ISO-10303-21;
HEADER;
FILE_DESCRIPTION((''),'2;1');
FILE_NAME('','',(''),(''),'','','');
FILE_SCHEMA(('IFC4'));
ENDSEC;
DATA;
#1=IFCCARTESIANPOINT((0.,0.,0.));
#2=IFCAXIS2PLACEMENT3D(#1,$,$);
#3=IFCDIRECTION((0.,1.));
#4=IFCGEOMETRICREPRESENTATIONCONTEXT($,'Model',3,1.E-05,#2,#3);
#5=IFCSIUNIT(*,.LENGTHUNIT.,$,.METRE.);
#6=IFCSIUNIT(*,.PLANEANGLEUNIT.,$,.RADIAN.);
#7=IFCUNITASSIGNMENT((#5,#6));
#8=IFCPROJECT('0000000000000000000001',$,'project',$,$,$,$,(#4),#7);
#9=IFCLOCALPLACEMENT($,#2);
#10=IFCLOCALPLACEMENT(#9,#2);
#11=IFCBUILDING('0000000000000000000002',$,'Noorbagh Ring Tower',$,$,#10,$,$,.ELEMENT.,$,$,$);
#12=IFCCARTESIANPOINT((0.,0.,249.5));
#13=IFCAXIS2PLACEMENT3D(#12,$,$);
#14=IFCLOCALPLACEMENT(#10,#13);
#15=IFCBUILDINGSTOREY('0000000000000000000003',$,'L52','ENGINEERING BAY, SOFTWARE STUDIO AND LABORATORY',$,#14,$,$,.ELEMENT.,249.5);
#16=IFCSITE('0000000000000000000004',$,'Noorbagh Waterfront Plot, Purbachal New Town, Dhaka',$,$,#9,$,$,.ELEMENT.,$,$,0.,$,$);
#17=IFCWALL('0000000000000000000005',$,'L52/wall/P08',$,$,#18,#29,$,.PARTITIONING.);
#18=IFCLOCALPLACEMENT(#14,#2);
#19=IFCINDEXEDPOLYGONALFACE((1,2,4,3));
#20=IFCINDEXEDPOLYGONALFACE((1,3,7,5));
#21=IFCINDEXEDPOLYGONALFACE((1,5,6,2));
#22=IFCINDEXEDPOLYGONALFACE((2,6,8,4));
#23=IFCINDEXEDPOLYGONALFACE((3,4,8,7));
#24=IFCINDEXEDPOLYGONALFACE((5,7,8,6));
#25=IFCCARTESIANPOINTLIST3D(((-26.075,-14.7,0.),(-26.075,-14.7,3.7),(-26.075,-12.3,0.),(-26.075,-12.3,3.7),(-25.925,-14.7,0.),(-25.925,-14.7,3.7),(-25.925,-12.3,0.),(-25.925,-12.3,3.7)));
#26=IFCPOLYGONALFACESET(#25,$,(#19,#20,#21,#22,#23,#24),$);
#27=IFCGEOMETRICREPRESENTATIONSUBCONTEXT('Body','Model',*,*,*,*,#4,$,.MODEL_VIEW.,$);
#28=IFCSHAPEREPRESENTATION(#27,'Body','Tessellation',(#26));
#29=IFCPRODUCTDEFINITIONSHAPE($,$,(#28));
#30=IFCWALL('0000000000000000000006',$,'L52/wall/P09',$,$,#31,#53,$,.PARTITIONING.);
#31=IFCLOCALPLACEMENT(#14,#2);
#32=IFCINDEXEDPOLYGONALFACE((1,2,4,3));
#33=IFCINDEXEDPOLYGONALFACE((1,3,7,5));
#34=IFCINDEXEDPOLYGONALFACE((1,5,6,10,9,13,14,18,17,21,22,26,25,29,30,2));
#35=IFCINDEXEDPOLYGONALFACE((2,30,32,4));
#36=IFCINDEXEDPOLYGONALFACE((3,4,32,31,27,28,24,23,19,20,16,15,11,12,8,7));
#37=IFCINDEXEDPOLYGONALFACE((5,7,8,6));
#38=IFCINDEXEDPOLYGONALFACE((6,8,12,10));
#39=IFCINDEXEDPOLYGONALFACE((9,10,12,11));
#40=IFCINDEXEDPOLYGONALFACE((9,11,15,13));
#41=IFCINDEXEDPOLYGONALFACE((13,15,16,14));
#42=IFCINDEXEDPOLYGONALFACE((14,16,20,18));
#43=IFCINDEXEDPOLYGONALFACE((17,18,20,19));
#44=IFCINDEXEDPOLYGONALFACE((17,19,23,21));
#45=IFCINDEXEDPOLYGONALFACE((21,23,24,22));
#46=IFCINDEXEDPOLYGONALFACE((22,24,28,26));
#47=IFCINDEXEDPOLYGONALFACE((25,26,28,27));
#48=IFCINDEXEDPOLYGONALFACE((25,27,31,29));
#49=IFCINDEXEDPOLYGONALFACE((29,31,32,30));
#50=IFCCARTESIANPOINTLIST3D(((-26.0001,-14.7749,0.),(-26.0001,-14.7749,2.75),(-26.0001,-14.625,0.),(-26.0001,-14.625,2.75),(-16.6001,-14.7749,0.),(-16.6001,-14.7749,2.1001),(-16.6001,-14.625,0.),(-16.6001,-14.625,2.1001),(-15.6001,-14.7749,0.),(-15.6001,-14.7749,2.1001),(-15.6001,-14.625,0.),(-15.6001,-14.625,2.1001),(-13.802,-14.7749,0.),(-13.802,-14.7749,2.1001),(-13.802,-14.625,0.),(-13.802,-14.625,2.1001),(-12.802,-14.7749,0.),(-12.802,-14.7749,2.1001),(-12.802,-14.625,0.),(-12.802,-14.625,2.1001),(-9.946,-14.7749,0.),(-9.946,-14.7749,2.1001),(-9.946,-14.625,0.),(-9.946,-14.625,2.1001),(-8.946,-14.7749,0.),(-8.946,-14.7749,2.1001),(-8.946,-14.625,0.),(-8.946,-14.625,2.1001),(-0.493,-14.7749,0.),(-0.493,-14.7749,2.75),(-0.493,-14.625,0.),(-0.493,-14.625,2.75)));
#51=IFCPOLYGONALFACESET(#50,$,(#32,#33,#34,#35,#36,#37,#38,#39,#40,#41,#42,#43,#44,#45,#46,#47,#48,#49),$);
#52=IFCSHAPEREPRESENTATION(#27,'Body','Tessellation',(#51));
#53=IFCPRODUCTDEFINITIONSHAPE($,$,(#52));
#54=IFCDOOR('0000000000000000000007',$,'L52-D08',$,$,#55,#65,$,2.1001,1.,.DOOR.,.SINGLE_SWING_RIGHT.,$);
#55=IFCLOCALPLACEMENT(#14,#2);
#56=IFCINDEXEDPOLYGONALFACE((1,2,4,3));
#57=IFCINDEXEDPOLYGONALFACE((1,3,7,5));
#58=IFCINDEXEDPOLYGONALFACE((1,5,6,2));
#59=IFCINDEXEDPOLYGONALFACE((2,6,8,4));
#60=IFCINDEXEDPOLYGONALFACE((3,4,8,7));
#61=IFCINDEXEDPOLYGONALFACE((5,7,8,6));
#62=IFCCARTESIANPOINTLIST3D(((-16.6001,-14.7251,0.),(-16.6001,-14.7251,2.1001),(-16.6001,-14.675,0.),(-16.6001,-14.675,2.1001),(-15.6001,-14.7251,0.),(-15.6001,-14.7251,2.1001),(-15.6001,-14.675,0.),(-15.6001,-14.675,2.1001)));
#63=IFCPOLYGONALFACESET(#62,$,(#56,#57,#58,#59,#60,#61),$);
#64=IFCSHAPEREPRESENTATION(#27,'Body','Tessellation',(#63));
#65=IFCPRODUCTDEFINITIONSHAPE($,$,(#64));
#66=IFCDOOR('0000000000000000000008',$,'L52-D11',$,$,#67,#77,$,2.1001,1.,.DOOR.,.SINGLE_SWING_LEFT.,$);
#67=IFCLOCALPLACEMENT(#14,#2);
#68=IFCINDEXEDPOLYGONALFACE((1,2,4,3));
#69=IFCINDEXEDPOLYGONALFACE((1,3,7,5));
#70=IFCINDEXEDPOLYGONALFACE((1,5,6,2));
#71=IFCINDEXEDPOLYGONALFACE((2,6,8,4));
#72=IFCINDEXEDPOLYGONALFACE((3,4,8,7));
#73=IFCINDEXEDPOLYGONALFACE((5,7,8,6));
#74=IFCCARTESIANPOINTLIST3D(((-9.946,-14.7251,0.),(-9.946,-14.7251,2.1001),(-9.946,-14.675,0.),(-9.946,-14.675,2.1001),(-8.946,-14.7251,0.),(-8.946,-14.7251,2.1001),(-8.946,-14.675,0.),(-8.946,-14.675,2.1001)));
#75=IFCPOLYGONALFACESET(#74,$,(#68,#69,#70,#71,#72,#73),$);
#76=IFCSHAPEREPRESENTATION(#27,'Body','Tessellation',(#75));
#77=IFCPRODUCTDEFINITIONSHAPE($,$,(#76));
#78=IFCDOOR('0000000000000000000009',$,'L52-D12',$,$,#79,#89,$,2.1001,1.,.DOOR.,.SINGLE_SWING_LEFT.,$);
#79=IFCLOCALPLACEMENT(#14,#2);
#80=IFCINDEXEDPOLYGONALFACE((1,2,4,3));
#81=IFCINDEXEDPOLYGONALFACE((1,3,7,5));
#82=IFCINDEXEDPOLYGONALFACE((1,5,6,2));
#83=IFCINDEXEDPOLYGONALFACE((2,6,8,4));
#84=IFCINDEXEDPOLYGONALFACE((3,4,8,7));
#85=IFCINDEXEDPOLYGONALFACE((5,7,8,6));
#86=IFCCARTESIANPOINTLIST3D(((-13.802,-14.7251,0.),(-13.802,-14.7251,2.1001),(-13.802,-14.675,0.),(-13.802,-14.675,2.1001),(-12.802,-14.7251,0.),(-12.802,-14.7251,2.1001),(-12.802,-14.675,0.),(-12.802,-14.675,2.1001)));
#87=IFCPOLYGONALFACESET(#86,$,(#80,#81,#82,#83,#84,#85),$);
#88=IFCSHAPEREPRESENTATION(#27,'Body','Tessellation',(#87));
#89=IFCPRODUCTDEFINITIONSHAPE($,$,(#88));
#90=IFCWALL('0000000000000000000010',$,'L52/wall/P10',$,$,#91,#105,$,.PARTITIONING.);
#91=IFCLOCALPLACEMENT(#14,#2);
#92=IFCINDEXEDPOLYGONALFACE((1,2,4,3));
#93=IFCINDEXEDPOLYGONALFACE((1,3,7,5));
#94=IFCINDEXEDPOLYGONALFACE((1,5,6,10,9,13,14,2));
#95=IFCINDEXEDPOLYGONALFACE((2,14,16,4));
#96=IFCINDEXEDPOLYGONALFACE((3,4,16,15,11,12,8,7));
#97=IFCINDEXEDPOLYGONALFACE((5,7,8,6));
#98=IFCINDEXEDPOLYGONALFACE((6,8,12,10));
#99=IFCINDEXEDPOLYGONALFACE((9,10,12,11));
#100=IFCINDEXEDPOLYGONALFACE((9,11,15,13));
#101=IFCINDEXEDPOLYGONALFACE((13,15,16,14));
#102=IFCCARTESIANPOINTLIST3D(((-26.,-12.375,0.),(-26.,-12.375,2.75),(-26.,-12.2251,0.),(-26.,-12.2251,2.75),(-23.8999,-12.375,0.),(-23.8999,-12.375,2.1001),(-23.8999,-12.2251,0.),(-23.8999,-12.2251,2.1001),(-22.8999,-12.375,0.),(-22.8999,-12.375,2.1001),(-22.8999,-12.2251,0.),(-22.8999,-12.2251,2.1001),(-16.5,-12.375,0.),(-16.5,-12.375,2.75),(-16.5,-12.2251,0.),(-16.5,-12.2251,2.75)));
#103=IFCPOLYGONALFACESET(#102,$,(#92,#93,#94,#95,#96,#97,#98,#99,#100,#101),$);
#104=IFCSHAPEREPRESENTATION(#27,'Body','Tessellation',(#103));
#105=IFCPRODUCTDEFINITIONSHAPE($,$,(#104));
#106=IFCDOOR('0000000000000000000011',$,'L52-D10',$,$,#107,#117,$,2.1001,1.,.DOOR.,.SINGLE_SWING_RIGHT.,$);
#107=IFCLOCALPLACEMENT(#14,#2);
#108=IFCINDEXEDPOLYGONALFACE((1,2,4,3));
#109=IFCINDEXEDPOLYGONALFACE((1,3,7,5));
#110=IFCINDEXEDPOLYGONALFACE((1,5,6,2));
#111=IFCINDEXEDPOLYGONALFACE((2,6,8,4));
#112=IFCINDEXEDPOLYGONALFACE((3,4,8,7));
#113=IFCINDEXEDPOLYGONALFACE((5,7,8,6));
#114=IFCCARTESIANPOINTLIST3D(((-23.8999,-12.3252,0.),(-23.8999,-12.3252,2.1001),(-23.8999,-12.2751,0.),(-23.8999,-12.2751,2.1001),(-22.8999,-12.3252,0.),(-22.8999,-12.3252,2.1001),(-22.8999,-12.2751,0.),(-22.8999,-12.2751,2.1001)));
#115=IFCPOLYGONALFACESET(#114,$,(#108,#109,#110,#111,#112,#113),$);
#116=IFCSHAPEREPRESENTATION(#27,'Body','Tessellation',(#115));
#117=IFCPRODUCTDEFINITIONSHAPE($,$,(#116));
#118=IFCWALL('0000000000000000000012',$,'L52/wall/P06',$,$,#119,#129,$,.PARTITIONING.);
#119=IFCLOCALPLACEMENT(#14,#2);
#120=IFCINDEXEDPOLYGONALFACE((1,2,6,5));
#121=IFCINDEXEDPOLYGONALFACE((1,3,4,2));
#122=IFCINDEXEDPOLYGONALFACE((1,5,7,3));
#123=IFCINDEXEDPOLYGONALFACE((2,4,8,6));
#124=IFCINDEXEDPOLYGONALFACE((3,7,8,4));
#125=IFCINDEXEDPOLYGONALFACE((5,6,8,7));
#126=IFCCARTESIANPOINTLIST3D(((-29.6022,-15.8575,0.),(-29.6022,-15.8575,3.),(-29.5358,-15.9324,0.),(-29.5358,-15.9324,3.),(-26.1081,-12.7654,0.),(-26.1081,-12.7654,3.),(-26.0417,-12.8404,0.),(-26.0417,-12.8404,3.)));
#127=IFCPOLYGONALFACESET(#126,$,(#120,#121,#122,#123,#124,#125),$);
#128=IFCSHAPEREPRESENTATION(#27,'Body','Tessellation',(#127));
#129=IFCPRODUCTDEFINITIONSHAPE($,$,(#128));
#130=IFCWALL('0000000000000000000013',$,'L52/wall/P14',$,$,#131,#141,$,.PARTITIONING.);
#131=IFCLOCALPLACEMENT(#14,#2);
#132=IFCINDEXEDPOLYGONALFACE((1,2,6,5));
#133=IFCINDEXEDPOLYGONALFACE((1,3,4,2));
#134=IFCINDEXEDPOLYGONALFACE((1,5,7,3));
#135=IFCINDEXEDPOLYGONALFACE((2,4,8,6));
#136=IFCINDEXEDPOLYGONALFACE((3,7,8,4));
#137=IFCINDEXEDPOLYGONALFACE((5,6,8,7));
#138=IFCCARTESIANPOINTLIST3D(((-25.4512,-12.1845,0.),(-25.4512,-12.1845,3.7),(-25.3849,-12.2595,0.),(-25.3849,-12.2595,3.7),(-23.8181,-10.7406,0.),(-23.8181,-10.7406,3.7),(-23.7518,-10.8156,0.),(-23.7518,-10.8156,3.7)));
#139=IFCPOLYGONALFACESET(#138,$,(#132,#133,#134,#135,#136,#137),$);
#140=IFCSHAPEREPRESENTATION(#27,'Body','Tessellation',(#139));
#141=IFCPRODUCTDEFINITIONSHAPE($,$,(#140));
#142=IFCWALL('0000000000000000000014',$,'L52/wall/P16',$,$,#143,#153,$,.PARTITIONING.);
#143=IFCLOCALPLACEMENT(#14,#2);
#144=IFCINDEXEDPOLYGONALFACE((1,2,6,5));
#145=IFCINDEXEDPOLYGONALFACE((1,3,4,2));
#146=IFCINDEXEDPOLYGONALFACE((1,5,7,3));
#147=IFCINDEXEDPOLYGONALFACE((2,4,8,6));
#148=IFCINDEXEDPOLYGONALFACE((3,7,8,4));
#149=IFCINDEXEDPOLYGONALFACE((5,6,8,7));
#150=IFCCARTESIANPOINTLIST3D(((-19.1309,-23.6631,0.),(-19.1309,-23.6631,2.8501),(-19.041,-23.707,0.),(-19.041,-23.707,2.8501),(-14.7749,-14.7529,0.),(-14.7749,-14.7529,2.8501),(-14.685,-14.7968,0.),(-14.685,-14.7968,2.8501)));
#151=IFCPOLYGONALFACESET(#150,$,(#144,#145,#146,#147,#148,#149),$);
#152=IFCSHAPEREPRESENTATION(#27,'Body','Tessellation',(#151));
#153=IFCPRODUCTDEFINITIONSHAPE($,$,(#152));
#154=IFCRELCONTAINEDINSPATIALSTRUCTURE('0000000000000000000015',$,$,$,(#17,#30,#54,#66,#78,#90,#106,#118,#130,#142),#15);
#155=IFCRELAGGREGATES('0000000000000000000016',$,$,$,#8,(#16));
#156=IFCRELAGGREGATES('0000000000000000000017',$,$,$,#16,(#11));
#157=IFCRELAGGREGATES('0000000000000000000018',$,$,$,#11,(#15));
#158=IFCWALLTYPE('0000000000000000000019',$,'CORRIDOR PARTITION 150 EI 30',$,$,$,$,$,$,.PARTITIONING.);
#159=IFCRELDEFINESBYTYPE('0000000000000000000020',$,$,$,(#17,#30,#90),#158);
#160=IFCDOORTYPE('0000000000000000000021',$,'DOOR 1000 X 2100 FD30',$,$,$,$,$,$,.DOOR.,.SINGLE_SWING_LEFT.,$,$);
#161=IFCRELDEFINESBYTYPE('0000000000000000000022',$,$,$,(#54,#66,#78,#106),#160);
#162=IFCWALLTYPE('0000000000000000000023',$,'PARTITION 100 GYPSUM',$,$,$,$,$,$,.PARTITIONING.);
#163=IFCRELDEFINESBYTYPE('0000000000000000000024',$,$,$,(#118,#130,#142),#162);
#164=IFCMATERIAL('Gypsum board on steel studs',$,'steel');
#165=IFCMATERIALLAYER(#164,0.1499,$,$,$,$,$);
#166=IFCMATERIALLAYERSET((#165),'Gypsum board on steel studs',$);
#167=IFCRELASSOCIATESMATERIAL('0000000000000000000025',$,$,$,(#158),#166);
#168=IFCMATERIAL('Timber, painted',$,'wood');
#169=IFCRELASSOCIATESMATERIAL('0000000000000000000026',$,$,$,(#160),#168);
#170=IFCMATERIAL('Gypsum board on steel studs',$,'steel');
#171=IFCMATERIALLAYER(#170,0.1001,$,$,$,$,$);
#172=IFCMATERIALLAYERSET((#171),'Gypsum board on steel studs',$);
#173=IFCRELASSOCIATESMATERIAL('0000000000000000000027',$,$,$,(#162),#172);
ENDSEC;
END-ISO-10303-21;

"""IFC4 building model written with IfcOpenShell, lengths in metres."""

from ifc_helpers import new_model, si_unit, direction, frame, frame_2d, origin, place, context, subcontext, project, spatial, rectangle, extrude, material, layer, layer_set, type_object, element, fill, save


model = new_model("IFC4")

# Units and contexts
model_context = context("Model", 3, precision=1e-05, world=origin(), true_north=direction((0.0, 1.0)))
body_context = subcontext(model_context, "Body", "Model", "MODEL_VIEW")
ifc_project = project(units=[si_unit("LENGTHUNIT", "METRE"), si_unit("PLANEANGLEUNIT", "RADIAN")], contexts=[model_context])

# Site, building, storey
site_placement = place(None, origin())
site = spatial("IfcSite", under=ifc_project, at=site_placement, Name="Noorbagh Waterfront Plot, Purbachal New Town, Dhaka", CompositionType="ELEMENT", RefElevation=0.0)
building_placement = place(site_placement, origin())
building = spatial("IfcBuilding", under=site, at=building_placement, Name="Noorbagh Ring Tower", CompositionType="ELEMENT")
storey_placement = place(building_placement, frame((0.0, 0.0, 249.5)))
storey = spatial("IfcBuildingStorey", under=building, at=storey_placement, Name="L52", Description="ENGINEERING BAY, SOFTWARE STUDIO AND LABORATORY", CompositionType="ELEMENT", Elevation=249.5)

# Wall
ifc_material_1 = material(Name="Gypsum board on steel studs", Category="steel")
ifc_layer_1 = layer(ifc_material_1, 0.1499)
ifc_layer_set_1 = layer_set([ifc_layer_1], Name="Gypsum board on steel studs")
wall_type_1 = type_object("IfcWallType", Name="CORRIDOR PARTITION 150 EI 30", PredefinedType="PARTITIONING", material=ifc_layer_set_1)
wall_1_placement = place(storey_placement, frame((-26.0, -14.7, 0.0), z_axis=(0.0, 0.0, 1.0), x_axis=(0.0, 1.0, 0.0)))
element("IfcWall", 1, at=wall_1_placement, inside=storey, type_object=wall_type_1, Name="L52/wall/P08", PredefinedType="PARTITIONING", context=body_context, shape_type="SweptSolid", body=[
    extrude(rectangle(XDim=2.3999, YDim=0.1499, at=frame_2d((1.2, 0.0))), origin(), (0.0, 0.0, 1.0), 3.7),
])

# Wall, openings, doors
wall_2_placement = place(storey_placement, frame((-26.0, -14.7, 0.0), z_axis=(0.0, 0.0, 1.0), x_axis=(1.0, 0.0, 0.0)))
wall_2 = element("IfcWall", 2, at=wall_2_placement, inside=storey, type_object=wall_type_1, Name="L52/wall/P09", PredefinedType="PARTITIONING", context=body_context, shape_type="SweptSolid", body=[
    extrude(rectangle(XDim=25.5071, YDim=0.1499, at=frame_2d((12.7534, 0.0))), origin(), (0.0, 0.0, 1.0), 2.75),
])
opening_1_placement = place(wall_2_placement, frame((9.3999, 0.0, 0.0)))
opening_1 = element("IfcOpeningElement", 3, at=opening_1_placement, cuts=wall_2, PredefinedType="OPENING", context=body_context, shape_type="SweptSolid", body=[
    extrude(rectangle(XDim=1.0, YDim=2.1001, at=frame_2d((0.5, 1.05))), frame((0.0, 0.085, 0.0), z_axis=(0.0, -1.0, 0.0), x_axis=(1.0, 0.0, 0.0)), (0.0, 0.0, 1.0), 0.1699),
])
opening_2_placement = place(wall_2_placement, frame((16.054, 0.0, 0.0)))
opening_2 = element("IfcOpeningElement", 4, at=opening_2_placement, cuts=wall_2, PredefinedType="OPENING", context=body_context, shape_type="SweptSolid", body=[
    extrude(rectangle(XDim=1.0, YDim=2.1001, at=frame_2d((0.5, 1.05))), frame((0.0, 0.085, 0.0), z_axis=(0.0, -1.0, 0.0), x_axis=(1.0, 0.0, 0.0)), (0.0, 0.0, 1.0), 0.1699),
])
opening_3_placement = place(wall_2_placement, frame((12.198, 0.0, 0.0)))
opening_3 = element("IfcOpeningElement", 5, at=opening_3_placement, cuts=wall_2, PredefinedType="OPENING", context=body_context, shape_type="SweptSolid", body=[
    extrude(rectangle(XDim=1.0, YDim=2.1001, at=frame_2d((0.5, 1.05))), frame((0.0, 0.085, 0.0), z_axis=(0.0, -1.0, 0.0), x_axis=(1.0, 0.0, 0.0)), (0.0, 0.0, 1.0), 0.1699),
])
ifc_material_2 = material(Name="Timber, painted", Category="wood")
door_type = type_object("IfcDoorType", Name="DOOR 1000 X 2100 FD30", OperationType="SINGLE_SWING_LEFT", PredefinedType="DOOR", material=ifc_material_2)
door_1_placement = place(opening_1_placement, origin())
door_1 = element("IfcDoor", 6, at=door_1_placement, inside=storey, type_object=door_type, Name="L52-D08", OperationType="SINGLE_SWING_RIGHT", OverallHeight=2.1001, OverallWidth=1.0, PredefinedType="DOOR", context=body_context, shape_type="SweptSolid", body=[
    extrude(rectangle(XDim=1.0, YDim=2.1001, at=frame_2d((0.5, 1.05))), frame((0.0, 0.0249, 0.0), z_axis=(0.0, -1.0, 0.0), x_axis=(1.0, 0.0, 0.0)), (0.0, 0.0, 1.0), 0.05),
])
fill(opening_1, door_1)
door_2_placement = place(opening_2_placement, origin())
door_2 = element("IfcDoor", 7, at=door_2_placement, inside=storey, type_object=door_type, Name="L52-D11", OperationType="SINGLE_SWING_LEFT", OverallHeight=2.1001, OverallWidth=1.0, PredefinedType="DOOR", context=body_context, shape_type="SweptSolid", body=[
    extrude(rectangle(XDim=1.0, YDim=2.1001, at=frame_2d((0.5, 1.05))), frame((0.0, 0.0249, 0.0), z_axis=(0.0, -1.0, 0.0), x_axis=(1.0, 0.0, 0.0)), (0.0, 0.0, 1.0), 0.05),
])
fill(opening_2, door_2)
door_3_placement = place(opening_3_placement, origin())
door_3 = element("IfcDoor", 8, at=door_3_placement, inside=storey, type_object=door_type, Name="L52-D12", OperationType="SINGLE_SWING_LEFT", OverallHeight=2.1001, OverallWidth=1.0, PredefinedType="DOOR", context=body_context, shape_type="SweptSolid", body=[
    extrude(rectangle(XDim=1.0, YDim=2.1001, at=frame_2d((0.5, 1.05))), frame((0.0, 0.0249, 0.0), z_axis=(0.0, -1.0, 0.0), x_axis=(1.0, 0.0, 0.0)), (0.0, 0.0, 1.0), 0.05),
])
fill(opening_3, door_3)

# Wall, opening, door
wall_3_placement = place(storey_placement, frame((-26.0, -12.3, 0.0), z_axis=(0.0, 0.0, 1.0), x_axis=(1.0, 0.0, 0.0)))
wall_3 = element("IfcWall", 9, at=wall_3_placement, inside=storey, type_object=wall_type_1, Name="L52/wall/P10", PredefinedType="PARTITIONING", context=body_context, shape_type="SweptSolid", body=[
    extrude(rectangle(XDim=9.5, YDim=0.1499, at=frame_2d((4.75, 0.0))), origin(), (0.0, 0.0, 1.0), 2.75),
])
opening_4_placement = place(wall_3_placement, frame((2.1001, 0.0, 0.0)))
opening_4 = element("IfcOpeningElement", 10, at=opening_4_placement, cuts=wall_3, PredefinedType="OPENING", context=body_context, shape_type="SweptSolid", body=[
    extrude(rectangle(XDim=1.0, YDim=2.1001, at=frame_2d((0.5, 1.05))), frame((0.0, 0.085, 0.0), z_axis=(0.0, -1.0, 0.0), x_axis=(1.0, 0.0, 0.0)), (0.0, 0.0, 1.0), 0.1699),
])
door_4_placement = place(opening_4_placement, origin())
door_4 = element("IfcDoor", 11, at=door_4_placement, inside=storey, type_object=door_type, Name="L52-D10", OperationType="SINGLE_SWING_RIGHT", OverallHeight=2.1001, OverallWidth=1.0, PredefinedType="DOOR", context=body_context, shape_type="SweptSolid", body=[
    extrude(rectangle(XDim=1.0, YDim=2.1001, at=frame_2d((0.5, 1.05))), frame((0.0, 0.0249, 0.0), z_axis=(0.0, -1.0, 0.0), x_axis=(1.0, 0.0, 0.0)), (0.0, 0.0, 1.0), 0.05),
])
fill(opening_4, door_4)

# Walls
ifc_material_3 = material(Name="Gypsum board on steel studs", Category="steel")
ifc_layer_2 = layer(ifc_material_3, 0.1001)
ifc_layer_set_2 = layer_set([ifc_layer_2], Name="Gypsum board on steel studs")
wall_type_2 = type_object("IfcWallType", Name="PARTITION 100 GYPSUM", PredefinedType="PARTITIONING", material=ifc_layer_set_2)
wall_4_placement = place(storey_placement, frame((-29.5691, -15.895, 0.0), z_axis=(0.0, 0.0, 1.0), x_axis=(0.748883, 0.662703, 0.0)))
element("IfcWall", 12, at=wall_4_placement, inside=storey, type_object=wall_type_2, Name="L52/wall/P06", PredefinedType="PARTITIONING", context=body_context, shape_type="SweptSolid", body=[
    extrude(rectangle(XDim=4.6658, YDim=0.1001, at=frame_2d((2.333, 0.0))), origin(), (0.0, 0.0, 1.0), 3.0),
])
wall_5_placement = place(storey_placement, frame((-25.418, -12.2219, 0.0), z_axis=(0.0, 0.0, 1.0), x_axis=(0.749174, 0.662373, 0.0)))
element("IfcWall", 13, at=wall_5_placement, inside=storey, type_object=wall_type_2, Name="L52/wall/P14", PredefinedType="PARTITIONING", context=body_context, shape_type="SweptSolid", body=[
    extrude(rectangle(XDim=2.1799, YDim=0.1001, at=frame_2d((1.0898, 0.0))), origin(), (0.0, 0.0, 1.0), 3.7),
])
wall_6_placement = place(storey_placement, frame((-19.0859, -23.6851, 0.0), z_axis=(0.0, 0.0, 1.0), x_axis=(0.4392, 0.898389, 0.0)))
element("IfcWall", 14, at=wall_6_placement, inside=storey, type_object=wall_type_2, Name="L52/wall/P16", PredefinedType="PARTITIONING", context=body_context, shape_type="SweptSolid", body=[
    extrude(rectangle(XDim=9.918, YDim=0.1001, at=frame_2d((4.959, 0.0))), origin(), (0.0, 0.0, 1.0), 2.8501),
])

save(model, "model.ifc")
